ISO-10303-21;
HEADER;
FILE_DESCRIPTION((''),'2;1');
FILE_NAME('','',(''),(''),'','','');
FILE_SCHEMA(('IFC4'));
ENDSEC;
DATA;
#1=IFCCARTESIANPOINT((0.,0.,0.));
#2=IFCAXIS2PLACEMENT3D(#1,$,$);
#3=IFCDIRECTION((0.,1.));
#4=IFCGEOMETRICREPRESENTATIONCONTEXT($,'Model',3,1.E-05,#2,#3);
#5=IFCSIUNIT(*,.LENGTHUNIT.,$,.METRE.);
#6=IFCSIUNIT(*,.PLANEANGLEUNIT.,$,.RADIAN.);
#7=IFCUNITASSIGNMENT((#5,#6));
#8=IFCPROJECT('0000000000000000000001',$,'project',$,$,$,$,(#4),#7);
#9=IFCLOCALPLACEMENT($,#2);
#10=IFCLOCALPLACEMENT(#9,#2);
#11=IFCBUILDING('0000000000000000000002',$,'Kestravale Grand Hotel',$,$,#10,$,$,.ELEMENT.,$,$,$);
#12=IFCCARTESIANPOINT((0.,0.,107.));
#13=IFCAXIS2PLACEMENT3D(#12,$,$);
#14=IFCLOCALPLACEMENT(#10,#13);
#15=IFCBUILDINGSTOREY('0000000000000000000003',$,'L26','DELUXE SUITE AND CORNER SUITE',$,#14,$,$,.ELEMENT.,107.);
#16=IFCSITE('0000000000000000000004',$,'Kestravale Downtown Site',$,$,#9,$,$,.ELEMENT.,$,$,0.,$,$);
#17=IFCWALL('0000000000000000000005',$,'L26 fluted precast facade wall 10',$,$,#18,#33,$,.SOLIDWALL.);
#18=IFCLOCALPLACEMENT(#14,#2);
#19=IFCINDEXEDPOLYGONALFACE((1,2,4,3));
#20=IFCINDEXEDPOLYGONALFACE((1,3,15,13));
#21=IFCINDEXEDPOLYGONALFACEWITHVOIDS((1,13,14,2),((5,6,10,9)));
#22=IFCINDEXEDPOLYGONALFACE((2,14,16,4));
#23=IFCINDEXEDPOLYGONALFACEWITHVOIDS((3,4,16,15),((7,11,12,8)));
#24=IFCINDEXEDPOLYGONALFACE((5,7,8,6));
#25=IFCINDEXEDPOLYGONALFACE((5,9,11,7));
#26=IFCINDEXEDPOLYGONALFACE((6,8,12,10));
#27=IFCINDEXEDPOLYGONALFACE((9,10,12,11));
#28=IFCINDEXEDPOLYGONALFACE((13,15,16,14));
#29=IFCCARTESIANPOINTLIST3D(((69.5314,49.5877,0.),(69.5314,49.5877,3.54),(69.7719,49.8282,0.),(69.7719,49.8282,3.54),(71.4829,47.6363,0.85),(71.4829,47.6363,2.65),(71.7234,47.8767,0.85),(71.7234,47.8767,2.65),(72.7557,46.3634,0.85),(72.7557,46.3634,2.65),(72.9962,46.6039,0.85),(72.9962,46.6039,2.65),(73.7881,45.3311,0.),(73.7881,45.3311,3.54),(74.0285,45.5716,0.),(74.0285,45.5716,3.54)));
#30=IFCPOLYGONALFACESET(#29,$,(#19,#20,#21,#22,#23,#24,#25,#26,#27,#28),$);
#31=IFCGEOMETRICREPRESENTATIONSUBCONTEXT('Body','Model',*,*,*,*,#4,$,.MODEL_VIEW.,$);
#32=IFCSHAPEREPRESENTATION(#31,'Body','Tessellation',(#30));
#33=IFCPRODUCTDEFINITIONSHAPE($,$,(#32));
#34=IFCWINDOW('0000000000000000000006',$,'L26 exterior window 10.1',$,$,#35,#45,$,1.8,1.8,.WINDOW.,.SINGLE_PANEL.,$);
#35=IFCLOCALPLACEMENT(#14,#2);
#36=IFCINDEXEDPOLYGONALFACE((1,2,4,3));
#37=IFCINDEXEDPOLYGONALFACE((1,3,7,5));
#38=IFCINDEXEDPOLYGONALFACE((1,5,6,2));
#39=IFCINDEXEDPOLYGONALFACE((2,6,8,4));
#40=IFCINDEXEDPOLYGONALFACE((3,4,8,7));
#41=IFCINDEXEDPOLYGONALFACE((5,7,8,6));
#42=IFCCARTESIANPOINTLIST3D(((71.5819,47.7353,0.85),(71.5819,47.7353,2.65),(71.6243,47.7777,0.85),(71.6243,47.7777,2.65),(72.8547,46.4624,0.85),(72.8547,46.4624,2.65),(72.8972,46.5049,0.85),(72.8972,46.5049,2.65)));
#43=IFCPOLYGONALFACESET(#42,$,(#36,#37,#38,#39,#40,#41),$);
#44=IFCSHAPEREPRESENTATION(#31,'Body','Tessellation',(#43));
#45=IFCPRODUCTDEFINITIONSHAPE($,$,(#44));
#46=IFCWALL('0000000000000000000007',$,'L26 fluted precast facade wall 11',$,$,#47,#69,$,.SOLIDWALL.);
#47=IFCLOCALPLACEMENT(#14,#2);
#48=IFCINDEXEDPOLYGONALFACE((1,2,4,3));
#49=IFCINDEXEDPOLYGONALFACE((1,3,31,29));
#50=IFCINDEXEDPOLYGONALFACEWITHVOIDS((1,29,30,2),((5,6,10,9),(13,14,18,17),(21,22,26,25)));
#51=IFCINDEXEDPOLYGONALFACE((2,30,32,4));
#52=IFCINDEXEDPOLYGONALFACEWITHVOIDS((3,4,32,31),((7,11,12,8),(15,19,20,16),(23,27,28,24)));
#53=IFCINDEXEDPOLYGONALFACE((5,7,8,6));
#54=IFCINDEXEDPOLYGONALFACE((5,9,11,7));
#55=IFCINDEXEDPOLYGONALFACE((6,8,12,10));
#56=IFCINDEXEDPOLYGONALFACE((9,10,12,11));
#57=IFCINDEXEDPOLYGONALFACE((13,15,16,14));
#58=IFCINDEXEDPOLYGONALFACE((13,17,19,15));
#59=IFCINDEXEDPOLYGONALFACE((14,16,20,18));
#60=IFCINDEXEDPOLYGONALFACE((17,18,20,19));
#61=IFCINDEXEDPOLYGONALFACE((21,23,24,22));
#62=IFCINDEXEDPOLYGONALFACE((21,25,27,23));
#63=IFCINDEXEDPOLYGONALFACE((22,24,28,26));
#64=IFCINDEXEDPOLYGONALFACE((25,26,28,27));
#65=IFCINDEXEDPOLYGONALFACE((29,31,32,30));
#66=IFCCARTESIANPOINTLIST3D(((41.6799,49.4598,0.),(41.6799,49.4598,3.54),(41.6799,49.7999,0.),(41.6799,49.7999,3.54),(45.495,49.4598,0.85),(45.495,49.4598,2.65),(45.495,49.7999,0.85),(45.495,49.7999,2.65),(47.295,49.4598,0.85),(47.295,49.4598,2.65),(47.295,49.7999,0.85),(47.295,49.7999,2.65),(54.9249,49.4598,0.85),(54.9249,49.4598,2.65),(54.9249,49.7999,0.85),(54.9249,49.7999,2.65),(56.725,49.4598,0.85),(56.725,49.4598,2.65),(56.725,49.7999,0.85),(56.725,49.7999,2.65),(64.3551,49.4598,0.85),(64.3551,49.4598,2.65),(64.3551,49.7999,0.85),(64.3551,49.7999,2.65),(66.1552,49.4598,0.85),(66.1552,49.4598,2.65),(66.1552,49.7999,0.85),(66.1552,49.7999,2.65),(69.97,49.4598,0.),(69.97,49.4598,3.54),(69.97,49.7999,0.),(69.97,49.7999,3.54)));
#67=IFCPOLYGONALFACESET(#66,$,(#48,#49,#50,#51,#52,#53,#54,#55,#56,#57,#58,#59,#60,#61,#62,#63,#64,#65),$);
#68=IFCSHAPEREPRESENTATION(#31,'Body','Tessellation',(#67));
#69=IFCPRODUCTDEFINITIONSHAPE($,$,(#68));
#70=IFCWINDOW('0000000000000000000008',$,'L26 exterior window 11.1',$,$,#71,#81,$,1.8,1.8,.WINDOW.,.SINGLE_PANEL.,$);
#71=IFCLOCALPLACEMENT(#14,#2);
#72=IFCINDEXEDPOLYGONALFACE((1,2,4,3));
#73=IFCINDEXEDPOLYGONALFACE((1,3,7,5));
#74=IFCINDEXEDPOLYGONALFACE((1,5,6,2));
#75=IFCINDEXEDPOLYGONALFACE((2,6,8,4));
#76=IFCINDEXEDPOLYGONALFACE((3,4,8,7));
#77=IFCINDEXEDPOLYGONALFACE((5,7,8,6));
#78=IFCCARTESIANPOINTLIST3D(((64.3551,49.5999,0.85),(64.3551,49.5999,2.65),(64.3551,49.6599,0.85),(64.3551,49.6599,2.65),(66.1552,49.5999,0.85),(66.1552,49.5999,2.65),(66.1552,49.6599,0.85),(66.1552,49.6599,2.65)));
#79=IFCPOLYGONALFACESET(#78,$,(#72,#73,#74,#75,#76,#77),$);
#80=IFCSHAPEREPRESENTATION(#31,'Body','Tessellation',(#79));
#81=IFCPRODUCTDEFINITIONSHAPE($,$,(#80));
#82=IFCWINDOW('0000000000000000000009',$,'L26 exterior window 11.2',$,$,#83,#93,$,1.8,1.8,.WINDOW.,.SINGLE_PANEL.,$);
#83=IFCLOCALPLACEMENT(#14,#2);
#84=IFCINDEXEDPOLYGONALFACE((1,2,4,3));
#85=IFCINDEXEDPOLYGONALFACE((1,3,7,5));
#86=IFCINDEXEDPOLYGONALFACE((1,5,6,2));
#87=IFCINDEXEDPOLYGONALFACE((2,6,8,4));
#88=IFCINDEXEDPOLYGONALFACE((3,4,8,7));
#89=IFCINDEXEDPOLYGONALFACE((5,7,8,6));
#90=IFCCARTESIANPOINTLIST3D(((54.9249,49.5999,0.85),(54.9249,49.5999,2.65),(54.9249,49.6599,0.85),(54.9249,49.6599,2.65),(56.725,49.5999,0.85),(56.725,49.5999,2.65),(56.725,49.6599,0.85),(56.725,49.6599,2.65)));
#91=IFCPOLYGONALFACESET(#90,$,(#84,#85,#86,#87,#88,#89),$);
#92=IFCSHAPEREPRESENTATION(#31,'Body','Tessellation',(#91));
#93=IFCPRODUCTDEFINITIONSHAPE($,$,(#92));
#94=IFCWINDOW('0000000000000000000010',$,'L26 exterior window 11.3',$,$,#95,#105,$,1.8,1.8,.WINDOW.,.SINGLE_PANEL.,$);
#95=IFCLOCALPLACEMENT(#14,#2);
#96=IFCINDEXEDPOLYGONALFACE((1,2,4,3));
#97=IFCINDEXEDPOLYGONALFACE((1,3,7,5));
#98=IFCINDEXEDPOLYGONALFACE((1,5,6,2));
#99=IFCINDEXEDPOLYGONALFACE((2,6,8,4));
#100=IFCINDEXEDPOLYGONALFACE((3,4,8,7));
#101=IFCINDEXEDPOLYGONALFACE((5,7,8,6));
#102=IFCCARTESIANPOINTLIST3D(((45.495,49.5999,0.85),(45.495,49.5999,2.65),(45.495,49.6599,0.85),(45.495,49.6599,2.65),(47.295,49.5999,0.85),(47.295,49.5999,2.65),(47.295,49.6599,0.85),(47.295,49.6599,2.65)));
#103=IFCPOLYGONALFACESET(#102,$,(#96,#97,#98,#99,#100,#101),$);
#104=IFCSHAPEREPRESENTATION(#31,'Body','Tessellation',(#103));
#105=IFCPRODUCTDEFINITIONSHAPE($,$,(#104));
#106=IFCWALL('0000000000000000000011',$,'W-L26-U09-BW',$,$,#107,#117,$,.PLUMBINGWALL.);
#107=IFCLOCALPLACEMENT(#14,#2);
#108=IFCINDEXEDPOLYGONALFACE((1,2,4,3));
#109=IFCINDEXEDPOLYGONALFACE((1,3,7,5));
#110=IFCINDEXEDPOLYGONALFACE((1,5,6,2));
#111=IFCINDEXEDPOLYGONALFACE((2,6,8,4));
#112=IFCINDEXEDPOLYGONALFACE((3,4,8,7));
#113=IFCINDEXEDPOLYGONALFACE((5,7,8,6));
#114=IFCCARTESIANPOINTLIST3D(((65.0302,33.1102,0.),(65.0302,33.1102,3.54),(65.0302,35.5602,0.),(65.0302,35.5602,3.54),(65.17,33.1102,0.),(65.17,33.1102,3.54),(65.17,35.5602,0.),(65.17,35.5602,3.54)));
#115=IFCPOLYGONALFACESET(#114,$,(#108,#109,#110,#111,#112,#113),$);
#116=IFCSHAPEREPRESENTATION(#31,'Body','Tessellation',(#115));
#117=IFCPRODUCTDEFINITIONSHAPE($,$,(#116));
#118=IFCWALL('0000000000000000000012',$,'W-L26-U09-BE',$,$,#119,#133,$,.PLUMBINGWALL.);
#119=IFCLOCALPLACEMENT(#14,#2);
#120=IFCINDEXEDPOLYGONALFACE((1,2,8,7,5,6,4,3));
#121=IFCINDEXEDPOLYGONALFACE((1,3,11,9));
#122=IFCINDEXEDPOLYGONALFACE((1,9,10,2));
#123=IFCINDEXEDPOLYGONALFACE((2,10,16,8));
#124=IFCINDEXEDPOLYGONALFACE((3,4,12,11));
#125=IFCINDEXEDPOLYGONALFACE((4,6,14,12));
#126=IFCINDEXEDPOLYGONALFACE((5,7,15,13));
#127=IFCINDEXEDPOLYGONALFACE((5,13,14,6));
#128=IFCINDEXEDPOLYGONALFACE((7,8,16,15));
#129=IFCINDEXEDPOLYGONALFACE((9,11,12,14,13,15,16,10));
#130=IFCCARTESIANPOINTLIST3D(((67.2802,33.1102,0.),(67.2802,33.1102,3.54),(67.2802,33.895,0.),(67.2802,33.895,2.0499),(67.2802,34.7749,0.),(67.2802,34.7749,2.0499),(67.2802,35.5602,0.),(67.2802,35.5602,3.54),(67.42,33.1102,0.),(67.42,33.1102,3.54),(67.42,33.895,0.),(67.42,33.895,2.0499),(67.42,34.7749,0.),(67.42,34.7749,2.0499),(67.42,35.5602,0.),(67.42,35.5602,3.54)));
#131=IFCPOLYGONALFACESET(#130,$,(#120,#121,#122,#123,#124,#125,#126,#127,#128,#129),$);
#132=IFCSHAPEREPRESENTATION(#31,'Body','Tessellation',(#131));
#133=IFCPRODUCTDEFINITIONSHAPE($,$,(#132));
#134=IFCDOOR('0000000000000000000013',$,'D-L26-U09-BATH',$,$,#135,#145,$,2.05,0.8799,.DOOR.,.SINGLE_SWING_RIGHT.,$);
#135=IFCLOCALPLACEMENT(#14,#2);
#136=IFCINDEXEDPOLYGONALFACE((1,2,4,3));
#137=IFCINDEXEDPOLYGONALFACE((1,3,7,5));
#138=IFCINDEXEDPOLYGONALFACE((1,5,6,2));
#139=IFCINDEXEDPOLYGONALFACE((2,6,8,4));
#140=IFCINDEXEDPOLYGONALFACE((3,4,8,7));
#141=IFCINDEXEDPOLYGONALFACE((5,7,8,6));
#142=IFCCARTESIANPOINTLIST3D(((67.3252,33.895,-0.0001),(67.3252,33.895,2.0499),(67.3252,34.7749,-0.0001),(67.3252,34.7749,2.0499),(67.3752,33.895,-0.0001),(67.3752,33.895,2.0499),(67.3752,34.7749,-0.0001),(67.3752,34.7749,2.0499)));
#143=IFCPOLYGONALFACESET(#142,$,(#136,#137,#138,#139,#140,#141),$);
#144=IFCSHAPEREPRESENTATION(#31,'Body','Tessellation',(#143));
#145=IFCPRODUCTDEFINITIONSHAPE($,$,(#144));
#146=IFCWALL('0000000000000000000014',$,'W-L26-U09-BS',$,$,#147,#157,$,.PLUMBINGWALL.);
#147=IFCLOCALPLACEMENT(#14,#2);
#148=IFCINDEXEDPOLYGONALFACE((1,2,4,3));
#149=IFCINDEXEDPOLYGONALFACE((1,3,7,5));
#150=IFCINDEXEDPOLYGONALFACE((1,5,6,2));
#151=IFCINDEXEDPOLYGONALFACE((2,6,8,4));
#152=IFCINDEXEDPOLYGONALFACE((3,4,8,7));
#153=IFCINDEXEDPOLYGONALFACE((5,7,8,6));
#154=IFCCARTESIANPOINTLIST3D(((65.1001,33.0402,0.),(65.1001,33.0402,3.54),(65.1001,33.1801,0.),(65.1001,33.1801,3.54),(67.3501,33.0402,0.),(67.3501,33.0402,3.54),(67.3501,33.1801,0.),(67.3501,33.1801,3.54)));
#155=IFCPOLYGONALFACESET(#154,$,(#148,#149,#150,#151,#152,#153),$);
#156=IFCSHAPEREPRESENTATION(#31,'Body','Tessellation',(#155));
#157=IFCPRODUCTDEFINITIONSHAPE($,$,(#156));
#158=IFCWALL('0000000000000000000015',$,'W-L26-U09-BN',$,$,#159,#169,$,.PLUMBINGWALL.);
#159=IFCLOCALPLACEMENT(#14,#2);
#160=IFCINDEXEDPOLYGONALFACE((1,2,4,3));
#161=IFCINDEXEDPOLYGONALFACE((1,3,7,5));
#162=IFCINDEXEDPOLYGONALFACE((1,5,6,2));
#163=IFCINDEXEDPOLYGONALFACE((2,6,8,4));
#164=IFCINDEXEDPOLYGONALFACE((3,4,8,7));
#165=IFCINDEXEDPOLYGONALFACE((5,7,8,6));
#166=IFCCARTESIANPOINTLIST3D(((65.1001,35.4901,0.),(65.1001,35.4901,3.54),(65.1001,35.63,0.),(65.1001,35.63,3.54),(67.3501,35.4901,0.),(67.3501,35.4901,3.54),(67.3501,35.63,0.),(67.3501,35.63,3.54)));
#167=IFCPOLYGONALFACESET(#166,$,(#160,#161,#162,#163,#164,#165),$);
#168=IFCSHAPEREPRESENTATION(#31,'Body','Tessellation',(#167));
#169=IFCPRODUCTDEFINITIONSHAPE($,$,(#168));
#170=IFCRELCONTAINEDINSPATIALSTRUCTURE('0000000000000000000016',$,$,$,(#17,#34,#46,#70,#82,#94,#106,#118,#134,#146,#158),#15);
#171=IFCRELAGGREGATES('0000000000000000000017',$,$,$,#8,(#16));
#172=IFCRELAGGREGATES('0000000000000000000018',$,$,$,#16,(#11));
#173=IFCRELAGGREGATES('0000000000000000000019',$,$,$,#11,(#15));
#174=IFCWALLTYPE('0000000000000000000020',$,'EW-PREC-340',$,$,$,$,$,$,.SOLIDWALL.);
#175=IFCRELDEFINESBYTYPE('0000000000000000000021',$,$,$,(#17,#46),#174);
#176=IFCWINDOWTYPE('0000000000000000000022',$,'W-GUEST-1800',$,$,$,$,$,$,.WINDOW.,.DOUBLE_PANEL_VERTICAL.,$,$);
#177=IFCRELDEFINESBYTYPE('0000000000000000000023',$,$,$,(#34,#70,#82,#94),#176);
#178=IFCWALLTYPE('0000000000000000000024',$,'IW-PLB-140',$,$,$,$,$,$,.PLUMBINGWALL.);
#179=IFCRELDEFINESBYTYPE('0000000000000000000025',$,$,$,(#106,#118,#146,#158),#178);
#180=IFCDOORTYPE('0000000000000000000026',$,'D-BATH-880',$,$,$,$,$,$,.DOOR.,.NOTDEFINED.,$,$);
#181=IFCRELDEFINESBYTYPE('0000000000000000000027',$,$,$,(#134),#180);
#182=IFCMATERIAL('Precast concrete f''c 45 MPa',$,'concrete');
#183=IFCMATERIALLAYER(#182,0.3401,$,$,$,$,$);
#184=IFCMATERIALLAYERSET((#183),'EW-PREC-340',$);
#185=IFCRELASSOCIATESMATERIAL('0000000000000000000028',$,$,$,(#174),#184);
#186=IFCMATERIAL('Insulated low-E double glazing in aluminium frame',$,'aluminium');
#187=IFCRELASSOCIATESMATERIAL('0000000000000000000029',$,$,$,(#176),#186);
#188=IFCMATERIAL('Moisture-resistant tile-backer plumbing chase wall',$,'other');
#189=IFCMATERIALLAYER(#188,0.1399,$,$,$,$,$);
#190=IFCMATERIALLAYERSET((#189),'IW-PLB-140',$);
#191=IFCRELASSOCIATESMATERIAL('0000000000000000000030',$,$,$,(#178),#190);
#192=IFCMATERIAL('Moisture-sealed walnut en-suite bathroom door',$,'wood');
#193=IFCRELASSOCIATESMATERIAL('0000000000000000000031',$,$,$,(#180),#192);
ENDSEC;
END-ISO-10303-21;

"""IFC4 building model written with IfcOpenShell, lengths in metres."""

from ifc_helpers import new_model, si_unit, direction, frame, frame_2d, origin, place, context, subcontext, project, spatial, rectangle, extrude, material, layer, layer_set, type_object, element, fill, save


model = new_model("IFC4")

# Units and contexts
model_context = context("Model", 3, precision=1e-05, world=origin(), true_north=direction((0.0, 1.0)))
body_context = subcontext(model_context, "Body", "Model", "MODEL_VIEW")
ifc_project = project(units=[si_unit("LENGTHUNIT", "METRE"), si_unit("PLANEANGLEUNIT", "RADIAN")], contexts=[model_context])

# Site, building, storey
site_placement = place(None, origin())
site = spatial("IfcSite", under=ifc_project, at=site_placement, Name="Kestravale Downtown Site", CompositionType="ELEMENT", RefElevation=0.0)
building_placement = place(site_placement, origin())
building = spatial("IfcBuilding", under=site, at=building_placement, Name="Kestravale Grand Hotel", CompositionType="ELEMENT")
storey_placement = place(building_placement, frame((0.0, 0.0, 107.0)))
storey = spatial("IfcBuildingStorey", under=building, at=storey_placement, Name="L26", Description="DELUXE SUITE AND CORNER SUITE", CompositionType="ELEMENT", Elevation=107.0)

# Wall, opening, window
ifc_material_1 = material(Name="Precast concrete f'c 45 MPa", Category="concrete")
ifc_layer_1 = layer(ifc_material_1, 0.3401)
ifc_layer_set_1 = layer_set([ifc_layer_1], Name="EW-PREC-340")
wall_type_1 = type_object("IfcWallType", Name="EW-PREC-340", PredefinedType="SOLIDWALL", material=ifc_layer_set_1)
wall_1_placement = place(storey_placement, frame((73.9082, 45.4514, 0.0), z_axis=(0.0, 0.0, 1.0), x_axis=(-0.707107, 0.707107, 0.0)))
wall_1 = element("IfcWall", 1, at=wall_1_placement, inside=storey, type_object=wall_type_1, Name="L26 fluted precast facade wall 10", PredefinedType="SOLIDWALL", context=body_context, shape_type="SweptSolid", body=[
    extrude(rectangle(XDim=6.0198, YDim=0.3401, at=frame_2d((3.0098, 0.0))), origin(), (0.0, 0.0, 1.0), 3.54),
])
opening_1_placement = place(wall_1_placement, frame((1.46, 0.0, 0.8501)))
opening_1 = element("IfcOpeningElement", 2, at=opening_1_placement, cuts=wall_1, PredefinedType="OPENING", context=body_context, shape_type="SweptSolid", body=[
    extrude(rectangle(XDim=1.8, YDim=1.8, at=frame_2d((0.8999, 0.8999))), frame((0.0, 0.1799, 0.0), z_axis=(0.0, -1.0, 0.0), x_axis=(1.0, 0.0, 0.0)), (0.0, 0.0, 1.0), 0.3601),
])
ifc_material_2 = material(Name="Insulated low-E double glazing in aluminium frame", Category="aluminium")
window_type = type_object("IfcWindowType", Name="W-GUEST-1800", PartitioningType="DOUBLE_PANEL_VERTICAL", PredefinedType="WINDOW", material=ifc_material_2)
window_1_placement = place(opening_1_placement, origin())
window_1 = element("IfcWindow", 3, at=window_1_placement, inside=storey, type_object=window_type, Name="L26 exterior window 10.1", OverallHeight=1.8, OverallWidth=1.8, PartitioningType="SINGLE_PANEL", PredefinedType="WINDOW", context=body_context, shape_type="SweptSolid", body=[
    extrude(rectangle(XDim=1.8, YDim=1.8, at=frame_2d((0.8999, 0.8999))), frame((0.0, 0.03, 0.0), z_axis=(0.0, -1.0, 0.0), x_axis=(1.0, 0.0, 0.0)), (0.0, 0.0, 1.0), 0.0601),
])
fill(opening_1, window_1)

# Wall, openings, windows
wall_2_placement = place(storey_placement, frame((69.97, 49.6299, 0.0), z_axis=(0.0, 0.0, 1.0), x_axis=(-1.0, 0.0, 0.0)))
wall_2 = element("IfcWall", 4, at=wall_2_placement, inside=storey, type_object=wall_type_1, Name="L26 fluted precast facade wall 11", PredefinedType="SOLIDWALL", context=body_context, shape_type="SweptSolid", body=[
    extrude(rectangle(XDim=28.29, YDim=0.3401, at=frame_2d((14.145, 0.0))), origin(), (0.0, 0.0, 1.0), 3.54),
])
opening_2_placement = place(wall_2_placement, frame((3.8149, 0.0, 0.8501)))
opening_2 = element("IfcOpeningElement", 5, at=opening_2_placement, cuts=wall_2, PredefinedType="OPENING", context=body_context, shape_type="SweptSolid", body=[
    extrude(rectangle(XDim=1.8, YDim=1.8, at=frame_2d((0.8999, 0.8999))), frame((0.0, 0.1799, 0.0), z_axis=(0.0, -1.0, 0.0), x_axis=(1.0, 0.0, 0.0)), (0.0, 0.0, 1.0), 0.3601),
])
opening_3_placement = place(wall_2_placement, frame((13.2451, 0.0, 0.8501)))
opening_3 = element("IfcOpeningElement", 6, at=opening_3_placement, cuts=wall_2, PredefinedType="OPENING", context=body_context, shape_type="SweptSolid", body=[
    extrude(rectangle(XDim=1.8, YDim=1.8, at=frame_2d((0.8999, 0.8999))), frame((0.0, 0.1799, 0.0), z_axis=(0.0, -1.0, 0.0), x_axis=(1.0, 0.0, 0.0)), (0.0, 0.0, 1.0), 0.3601),
])
opening_4_placement = place(wall_2_placement, frame((22.675, 0.0, 0.8501)))
opening_4 = element("IfcOpeningElement", 7, at=opening_4_placement, cuts=wall_2, PredefinedType="OPENING", context=body_context, shape_type="SweptSolid", body=[
    extrude(rectangle(XDim=1.8, YDim=1.8, at=frame_2d((0.8999, 0.8999))), frame((0.0, 0.1799, 0.0), z_axis=(0.0, -1.0, 0.0), x_axis=(1.0, 0.0, 0.0)), (0.0, 0.0, 1.0), 0.3601),
])
window_2_placement = place(opening_2_placement, origin())
window_2 = element("IfcWindow", 8, at=window_2_placement, inside=storey, type_object=window_type, Name="L26 exterior window 11.1", OverallHeight=1.8, OverallWidth=1.8, PartitioningType="SINGLE_PANEL", PredefinedType="WINDOW", context=body_context, shape_type="SweptSolid", body=[
    extrude(rectangle(XDim=1.8, YDim=1.8, at=frame_2d((0.8999, 0.8999))), frame((0.0, 0.03, 0.0), z_axis=(0.0, -1.0, 0.0), x_axis=(1.0, 0.0, 0.0)), (0.0, 0.0, 1.0), 0.0601),
])
fill(opening_2, window_2)
window_3_placement = place(opening_3_placement, origin())
window_3 = element("IfcWindow", 9, at=window_3_placement, inside=storey, type_object=window_type, Name="L26 exterior window 11.2", OverallHeight=1.8, OverallWidth=1.8, PartitioningType="SINGLE_PANEL", PredefinedType="WINDOW", context=body_context, shape_type="SweptSolid", body=[
    extrude(rectangle(XDim=1.8, YDim=1.8, at=frame_2d((0.8999, 0.8999))), frame((0.0, 0.03, 0.0), z_axis=(0.0, -1.0, 0.0), x_axis=(1.0, 0.0, 0.0)), (0.0, 0.0, 1.0), 0.0601),
])
fill(opening_3, window_3)
window_4_placement = place(opening_4_placement, origin())
window_4 = element("IfcWindow", 10, at=window_4_placement, inside=storey, type_object=window_type, Name="L26 exterior window 11.3", OverallHeight=1.8, OverallWidth=1.8, PartitioningType="SINGLE_PANEL", PredefinedType="WINDOW", context=body_context, shape_type="SweptSolid", body=[
    extrude(rectangle(XDim=1.8, YDim=1.8, at=frame_2d((0.8999, 0.8999))), frame((0.0, 0.03, 0.0), z_axis=(0.0, -1.0, 0.0), x_axis=(1.0, 0.0, 0.0)), (0.0, 0.0, 1.0), 0.0601),
])
fill(opening_4, window_4)

# Wall
ifc_material_3 = material(Name="Moisture-resistant tile-backer plumbing chase wall", Category="other")
ifc_layer_2 = layer(ifc_material_3, 0.1399)
ifc_layer_set_2 = layer_set([ifc_layer_2], Name="IW-PLB-140")
wall_type_2 = type_object("IfcWallType", Name="IW-PLB-140", PredefinedType="PLUMBINGWALL", material=ifc_layer_set_2)
wall_3_placement = place(storey_placement, frame((65.1001, 33.1101, 0.0), z_axis=(0.0, 0.0, 1.0), x_axis=(0.0, 1.0, 0.0)))
element("IfcWall", 11, at=wall_3_placement, inside=storey, type_object=wall_type_2, Name="W-L26-U09-BW", PredefinedType="PLUMBINGWALL", context=body_context, shape_type="SweptSolid", body=[
    extrude(rectangle(XDim=2.45, YDim=0.1399, at=frame_2d((1.2251, 0.0))), origin(), (0.0, 0.0, 1.0), 3.54),
])

# Wall, opening, door
wall_4_placement = place(storey_placement, frame((67.3501, 33.1101, 0.0), z_axis=(0.0, 0.0, 1.0), x_axis=(0.0, 1.0, 0.0)))
wall_4 = element("IfcWall", 12, at=wall_4_placement, inside=storey, type_object=wall_type_2, Name="W-L26-U09-BE", PredefinedType="PLUMBINGWALL", context=body_context, shape_type="SweptSolid", body=[
    extrude(rectangle(XDim=2.45, YDim=0.1399, at=frame_2d((1.2251, 0.0))), origin(), (0.0, 0.0, 1.0), 3.54),
])
opening_5_placement = place(wall_4_placement, frame((0.7849, 0.0, 0.0)))
opening_5 = element("IfcOpeningElement", 13, at=opening_5_placement, cuts=wall_4, PredefinedType="OPENING", context=body_context, shape_type="SweptSolid", body=[
    extrude(rectangle(XDim=0.8799, YDim=2.05, at=frame_2d((0.4399, 1.0249))), frame((0.0, 0.0798, 0.0), z_axis=(0.0, -1.0, 0.0), x_axis=(1.0, 0.0, 0.0)), (0.0, 0.0, 1.0), 0.1599),
])
ifc_material_4 = material(Name="Moisture-sealed walnut en-suite bathroom door", Category="wood")
door_type = type_object("IfcDoorType", Name="D-BATH-880", OperationType="NOTDEFINED", PredefinedType="DOOR", material=ifc_material_4)
door_placement = place(opening_5_placement, origin())
door = element("IfcDoor", 14, at=door_placement, inside=storey, type_object=door_type, Name="D-L26-U09-BATH", OperationType="SINGLE_SWING_RIGHT", OverallHeight=2.05, OverallWidth=0.8799, PredefinedType="DOOR", context=body_context, shape_type="SweptSolid", body=[
    extrude(rectangle(XDim=0.8799, YDim=2.05, at=frame_2d((0.4399, 1.0249))), frame((0.0, 0.0249, 0.0), z_axis=(0.0, -1.0, 0.0), x_axis=(1.0, 0.0, 0.0)), (0.0, 0.0, 1.0), 0.05),
])
fill(opening_5, door)

# Walls
for number, where, z_axis, x_axis, name in (
    (15, (65.1001, 33.1101, 0.0), (0.0, 0.0, 1.0), (1.0, 0.0, 0.0), "W-L26-U09-BS"),
    (16, (65.1001, 35.5601, 0.0), (0.0, 0.0, 1.0), (1.0, 0.0, 0.0), "W-L26-U09-BN"),
):
    element("IfcWall", number, at=place(storey_placement, frame(where, z_axis=z_axis, x_axis=x_axis)), inside=storey, type_object=wall_type_2, Name=name, PredefinedType="PLUMBINGWALL", context=body_context, shape_type="SweptSolid", body=[
        extrude(rectangle(XDim=2.25, YDim=0.1399, at=frame_2d((1.125, 0.0))), origin(), (0.0, 0.0, 1.0), 3.54),
    ])

save(model, "model.ifc")
